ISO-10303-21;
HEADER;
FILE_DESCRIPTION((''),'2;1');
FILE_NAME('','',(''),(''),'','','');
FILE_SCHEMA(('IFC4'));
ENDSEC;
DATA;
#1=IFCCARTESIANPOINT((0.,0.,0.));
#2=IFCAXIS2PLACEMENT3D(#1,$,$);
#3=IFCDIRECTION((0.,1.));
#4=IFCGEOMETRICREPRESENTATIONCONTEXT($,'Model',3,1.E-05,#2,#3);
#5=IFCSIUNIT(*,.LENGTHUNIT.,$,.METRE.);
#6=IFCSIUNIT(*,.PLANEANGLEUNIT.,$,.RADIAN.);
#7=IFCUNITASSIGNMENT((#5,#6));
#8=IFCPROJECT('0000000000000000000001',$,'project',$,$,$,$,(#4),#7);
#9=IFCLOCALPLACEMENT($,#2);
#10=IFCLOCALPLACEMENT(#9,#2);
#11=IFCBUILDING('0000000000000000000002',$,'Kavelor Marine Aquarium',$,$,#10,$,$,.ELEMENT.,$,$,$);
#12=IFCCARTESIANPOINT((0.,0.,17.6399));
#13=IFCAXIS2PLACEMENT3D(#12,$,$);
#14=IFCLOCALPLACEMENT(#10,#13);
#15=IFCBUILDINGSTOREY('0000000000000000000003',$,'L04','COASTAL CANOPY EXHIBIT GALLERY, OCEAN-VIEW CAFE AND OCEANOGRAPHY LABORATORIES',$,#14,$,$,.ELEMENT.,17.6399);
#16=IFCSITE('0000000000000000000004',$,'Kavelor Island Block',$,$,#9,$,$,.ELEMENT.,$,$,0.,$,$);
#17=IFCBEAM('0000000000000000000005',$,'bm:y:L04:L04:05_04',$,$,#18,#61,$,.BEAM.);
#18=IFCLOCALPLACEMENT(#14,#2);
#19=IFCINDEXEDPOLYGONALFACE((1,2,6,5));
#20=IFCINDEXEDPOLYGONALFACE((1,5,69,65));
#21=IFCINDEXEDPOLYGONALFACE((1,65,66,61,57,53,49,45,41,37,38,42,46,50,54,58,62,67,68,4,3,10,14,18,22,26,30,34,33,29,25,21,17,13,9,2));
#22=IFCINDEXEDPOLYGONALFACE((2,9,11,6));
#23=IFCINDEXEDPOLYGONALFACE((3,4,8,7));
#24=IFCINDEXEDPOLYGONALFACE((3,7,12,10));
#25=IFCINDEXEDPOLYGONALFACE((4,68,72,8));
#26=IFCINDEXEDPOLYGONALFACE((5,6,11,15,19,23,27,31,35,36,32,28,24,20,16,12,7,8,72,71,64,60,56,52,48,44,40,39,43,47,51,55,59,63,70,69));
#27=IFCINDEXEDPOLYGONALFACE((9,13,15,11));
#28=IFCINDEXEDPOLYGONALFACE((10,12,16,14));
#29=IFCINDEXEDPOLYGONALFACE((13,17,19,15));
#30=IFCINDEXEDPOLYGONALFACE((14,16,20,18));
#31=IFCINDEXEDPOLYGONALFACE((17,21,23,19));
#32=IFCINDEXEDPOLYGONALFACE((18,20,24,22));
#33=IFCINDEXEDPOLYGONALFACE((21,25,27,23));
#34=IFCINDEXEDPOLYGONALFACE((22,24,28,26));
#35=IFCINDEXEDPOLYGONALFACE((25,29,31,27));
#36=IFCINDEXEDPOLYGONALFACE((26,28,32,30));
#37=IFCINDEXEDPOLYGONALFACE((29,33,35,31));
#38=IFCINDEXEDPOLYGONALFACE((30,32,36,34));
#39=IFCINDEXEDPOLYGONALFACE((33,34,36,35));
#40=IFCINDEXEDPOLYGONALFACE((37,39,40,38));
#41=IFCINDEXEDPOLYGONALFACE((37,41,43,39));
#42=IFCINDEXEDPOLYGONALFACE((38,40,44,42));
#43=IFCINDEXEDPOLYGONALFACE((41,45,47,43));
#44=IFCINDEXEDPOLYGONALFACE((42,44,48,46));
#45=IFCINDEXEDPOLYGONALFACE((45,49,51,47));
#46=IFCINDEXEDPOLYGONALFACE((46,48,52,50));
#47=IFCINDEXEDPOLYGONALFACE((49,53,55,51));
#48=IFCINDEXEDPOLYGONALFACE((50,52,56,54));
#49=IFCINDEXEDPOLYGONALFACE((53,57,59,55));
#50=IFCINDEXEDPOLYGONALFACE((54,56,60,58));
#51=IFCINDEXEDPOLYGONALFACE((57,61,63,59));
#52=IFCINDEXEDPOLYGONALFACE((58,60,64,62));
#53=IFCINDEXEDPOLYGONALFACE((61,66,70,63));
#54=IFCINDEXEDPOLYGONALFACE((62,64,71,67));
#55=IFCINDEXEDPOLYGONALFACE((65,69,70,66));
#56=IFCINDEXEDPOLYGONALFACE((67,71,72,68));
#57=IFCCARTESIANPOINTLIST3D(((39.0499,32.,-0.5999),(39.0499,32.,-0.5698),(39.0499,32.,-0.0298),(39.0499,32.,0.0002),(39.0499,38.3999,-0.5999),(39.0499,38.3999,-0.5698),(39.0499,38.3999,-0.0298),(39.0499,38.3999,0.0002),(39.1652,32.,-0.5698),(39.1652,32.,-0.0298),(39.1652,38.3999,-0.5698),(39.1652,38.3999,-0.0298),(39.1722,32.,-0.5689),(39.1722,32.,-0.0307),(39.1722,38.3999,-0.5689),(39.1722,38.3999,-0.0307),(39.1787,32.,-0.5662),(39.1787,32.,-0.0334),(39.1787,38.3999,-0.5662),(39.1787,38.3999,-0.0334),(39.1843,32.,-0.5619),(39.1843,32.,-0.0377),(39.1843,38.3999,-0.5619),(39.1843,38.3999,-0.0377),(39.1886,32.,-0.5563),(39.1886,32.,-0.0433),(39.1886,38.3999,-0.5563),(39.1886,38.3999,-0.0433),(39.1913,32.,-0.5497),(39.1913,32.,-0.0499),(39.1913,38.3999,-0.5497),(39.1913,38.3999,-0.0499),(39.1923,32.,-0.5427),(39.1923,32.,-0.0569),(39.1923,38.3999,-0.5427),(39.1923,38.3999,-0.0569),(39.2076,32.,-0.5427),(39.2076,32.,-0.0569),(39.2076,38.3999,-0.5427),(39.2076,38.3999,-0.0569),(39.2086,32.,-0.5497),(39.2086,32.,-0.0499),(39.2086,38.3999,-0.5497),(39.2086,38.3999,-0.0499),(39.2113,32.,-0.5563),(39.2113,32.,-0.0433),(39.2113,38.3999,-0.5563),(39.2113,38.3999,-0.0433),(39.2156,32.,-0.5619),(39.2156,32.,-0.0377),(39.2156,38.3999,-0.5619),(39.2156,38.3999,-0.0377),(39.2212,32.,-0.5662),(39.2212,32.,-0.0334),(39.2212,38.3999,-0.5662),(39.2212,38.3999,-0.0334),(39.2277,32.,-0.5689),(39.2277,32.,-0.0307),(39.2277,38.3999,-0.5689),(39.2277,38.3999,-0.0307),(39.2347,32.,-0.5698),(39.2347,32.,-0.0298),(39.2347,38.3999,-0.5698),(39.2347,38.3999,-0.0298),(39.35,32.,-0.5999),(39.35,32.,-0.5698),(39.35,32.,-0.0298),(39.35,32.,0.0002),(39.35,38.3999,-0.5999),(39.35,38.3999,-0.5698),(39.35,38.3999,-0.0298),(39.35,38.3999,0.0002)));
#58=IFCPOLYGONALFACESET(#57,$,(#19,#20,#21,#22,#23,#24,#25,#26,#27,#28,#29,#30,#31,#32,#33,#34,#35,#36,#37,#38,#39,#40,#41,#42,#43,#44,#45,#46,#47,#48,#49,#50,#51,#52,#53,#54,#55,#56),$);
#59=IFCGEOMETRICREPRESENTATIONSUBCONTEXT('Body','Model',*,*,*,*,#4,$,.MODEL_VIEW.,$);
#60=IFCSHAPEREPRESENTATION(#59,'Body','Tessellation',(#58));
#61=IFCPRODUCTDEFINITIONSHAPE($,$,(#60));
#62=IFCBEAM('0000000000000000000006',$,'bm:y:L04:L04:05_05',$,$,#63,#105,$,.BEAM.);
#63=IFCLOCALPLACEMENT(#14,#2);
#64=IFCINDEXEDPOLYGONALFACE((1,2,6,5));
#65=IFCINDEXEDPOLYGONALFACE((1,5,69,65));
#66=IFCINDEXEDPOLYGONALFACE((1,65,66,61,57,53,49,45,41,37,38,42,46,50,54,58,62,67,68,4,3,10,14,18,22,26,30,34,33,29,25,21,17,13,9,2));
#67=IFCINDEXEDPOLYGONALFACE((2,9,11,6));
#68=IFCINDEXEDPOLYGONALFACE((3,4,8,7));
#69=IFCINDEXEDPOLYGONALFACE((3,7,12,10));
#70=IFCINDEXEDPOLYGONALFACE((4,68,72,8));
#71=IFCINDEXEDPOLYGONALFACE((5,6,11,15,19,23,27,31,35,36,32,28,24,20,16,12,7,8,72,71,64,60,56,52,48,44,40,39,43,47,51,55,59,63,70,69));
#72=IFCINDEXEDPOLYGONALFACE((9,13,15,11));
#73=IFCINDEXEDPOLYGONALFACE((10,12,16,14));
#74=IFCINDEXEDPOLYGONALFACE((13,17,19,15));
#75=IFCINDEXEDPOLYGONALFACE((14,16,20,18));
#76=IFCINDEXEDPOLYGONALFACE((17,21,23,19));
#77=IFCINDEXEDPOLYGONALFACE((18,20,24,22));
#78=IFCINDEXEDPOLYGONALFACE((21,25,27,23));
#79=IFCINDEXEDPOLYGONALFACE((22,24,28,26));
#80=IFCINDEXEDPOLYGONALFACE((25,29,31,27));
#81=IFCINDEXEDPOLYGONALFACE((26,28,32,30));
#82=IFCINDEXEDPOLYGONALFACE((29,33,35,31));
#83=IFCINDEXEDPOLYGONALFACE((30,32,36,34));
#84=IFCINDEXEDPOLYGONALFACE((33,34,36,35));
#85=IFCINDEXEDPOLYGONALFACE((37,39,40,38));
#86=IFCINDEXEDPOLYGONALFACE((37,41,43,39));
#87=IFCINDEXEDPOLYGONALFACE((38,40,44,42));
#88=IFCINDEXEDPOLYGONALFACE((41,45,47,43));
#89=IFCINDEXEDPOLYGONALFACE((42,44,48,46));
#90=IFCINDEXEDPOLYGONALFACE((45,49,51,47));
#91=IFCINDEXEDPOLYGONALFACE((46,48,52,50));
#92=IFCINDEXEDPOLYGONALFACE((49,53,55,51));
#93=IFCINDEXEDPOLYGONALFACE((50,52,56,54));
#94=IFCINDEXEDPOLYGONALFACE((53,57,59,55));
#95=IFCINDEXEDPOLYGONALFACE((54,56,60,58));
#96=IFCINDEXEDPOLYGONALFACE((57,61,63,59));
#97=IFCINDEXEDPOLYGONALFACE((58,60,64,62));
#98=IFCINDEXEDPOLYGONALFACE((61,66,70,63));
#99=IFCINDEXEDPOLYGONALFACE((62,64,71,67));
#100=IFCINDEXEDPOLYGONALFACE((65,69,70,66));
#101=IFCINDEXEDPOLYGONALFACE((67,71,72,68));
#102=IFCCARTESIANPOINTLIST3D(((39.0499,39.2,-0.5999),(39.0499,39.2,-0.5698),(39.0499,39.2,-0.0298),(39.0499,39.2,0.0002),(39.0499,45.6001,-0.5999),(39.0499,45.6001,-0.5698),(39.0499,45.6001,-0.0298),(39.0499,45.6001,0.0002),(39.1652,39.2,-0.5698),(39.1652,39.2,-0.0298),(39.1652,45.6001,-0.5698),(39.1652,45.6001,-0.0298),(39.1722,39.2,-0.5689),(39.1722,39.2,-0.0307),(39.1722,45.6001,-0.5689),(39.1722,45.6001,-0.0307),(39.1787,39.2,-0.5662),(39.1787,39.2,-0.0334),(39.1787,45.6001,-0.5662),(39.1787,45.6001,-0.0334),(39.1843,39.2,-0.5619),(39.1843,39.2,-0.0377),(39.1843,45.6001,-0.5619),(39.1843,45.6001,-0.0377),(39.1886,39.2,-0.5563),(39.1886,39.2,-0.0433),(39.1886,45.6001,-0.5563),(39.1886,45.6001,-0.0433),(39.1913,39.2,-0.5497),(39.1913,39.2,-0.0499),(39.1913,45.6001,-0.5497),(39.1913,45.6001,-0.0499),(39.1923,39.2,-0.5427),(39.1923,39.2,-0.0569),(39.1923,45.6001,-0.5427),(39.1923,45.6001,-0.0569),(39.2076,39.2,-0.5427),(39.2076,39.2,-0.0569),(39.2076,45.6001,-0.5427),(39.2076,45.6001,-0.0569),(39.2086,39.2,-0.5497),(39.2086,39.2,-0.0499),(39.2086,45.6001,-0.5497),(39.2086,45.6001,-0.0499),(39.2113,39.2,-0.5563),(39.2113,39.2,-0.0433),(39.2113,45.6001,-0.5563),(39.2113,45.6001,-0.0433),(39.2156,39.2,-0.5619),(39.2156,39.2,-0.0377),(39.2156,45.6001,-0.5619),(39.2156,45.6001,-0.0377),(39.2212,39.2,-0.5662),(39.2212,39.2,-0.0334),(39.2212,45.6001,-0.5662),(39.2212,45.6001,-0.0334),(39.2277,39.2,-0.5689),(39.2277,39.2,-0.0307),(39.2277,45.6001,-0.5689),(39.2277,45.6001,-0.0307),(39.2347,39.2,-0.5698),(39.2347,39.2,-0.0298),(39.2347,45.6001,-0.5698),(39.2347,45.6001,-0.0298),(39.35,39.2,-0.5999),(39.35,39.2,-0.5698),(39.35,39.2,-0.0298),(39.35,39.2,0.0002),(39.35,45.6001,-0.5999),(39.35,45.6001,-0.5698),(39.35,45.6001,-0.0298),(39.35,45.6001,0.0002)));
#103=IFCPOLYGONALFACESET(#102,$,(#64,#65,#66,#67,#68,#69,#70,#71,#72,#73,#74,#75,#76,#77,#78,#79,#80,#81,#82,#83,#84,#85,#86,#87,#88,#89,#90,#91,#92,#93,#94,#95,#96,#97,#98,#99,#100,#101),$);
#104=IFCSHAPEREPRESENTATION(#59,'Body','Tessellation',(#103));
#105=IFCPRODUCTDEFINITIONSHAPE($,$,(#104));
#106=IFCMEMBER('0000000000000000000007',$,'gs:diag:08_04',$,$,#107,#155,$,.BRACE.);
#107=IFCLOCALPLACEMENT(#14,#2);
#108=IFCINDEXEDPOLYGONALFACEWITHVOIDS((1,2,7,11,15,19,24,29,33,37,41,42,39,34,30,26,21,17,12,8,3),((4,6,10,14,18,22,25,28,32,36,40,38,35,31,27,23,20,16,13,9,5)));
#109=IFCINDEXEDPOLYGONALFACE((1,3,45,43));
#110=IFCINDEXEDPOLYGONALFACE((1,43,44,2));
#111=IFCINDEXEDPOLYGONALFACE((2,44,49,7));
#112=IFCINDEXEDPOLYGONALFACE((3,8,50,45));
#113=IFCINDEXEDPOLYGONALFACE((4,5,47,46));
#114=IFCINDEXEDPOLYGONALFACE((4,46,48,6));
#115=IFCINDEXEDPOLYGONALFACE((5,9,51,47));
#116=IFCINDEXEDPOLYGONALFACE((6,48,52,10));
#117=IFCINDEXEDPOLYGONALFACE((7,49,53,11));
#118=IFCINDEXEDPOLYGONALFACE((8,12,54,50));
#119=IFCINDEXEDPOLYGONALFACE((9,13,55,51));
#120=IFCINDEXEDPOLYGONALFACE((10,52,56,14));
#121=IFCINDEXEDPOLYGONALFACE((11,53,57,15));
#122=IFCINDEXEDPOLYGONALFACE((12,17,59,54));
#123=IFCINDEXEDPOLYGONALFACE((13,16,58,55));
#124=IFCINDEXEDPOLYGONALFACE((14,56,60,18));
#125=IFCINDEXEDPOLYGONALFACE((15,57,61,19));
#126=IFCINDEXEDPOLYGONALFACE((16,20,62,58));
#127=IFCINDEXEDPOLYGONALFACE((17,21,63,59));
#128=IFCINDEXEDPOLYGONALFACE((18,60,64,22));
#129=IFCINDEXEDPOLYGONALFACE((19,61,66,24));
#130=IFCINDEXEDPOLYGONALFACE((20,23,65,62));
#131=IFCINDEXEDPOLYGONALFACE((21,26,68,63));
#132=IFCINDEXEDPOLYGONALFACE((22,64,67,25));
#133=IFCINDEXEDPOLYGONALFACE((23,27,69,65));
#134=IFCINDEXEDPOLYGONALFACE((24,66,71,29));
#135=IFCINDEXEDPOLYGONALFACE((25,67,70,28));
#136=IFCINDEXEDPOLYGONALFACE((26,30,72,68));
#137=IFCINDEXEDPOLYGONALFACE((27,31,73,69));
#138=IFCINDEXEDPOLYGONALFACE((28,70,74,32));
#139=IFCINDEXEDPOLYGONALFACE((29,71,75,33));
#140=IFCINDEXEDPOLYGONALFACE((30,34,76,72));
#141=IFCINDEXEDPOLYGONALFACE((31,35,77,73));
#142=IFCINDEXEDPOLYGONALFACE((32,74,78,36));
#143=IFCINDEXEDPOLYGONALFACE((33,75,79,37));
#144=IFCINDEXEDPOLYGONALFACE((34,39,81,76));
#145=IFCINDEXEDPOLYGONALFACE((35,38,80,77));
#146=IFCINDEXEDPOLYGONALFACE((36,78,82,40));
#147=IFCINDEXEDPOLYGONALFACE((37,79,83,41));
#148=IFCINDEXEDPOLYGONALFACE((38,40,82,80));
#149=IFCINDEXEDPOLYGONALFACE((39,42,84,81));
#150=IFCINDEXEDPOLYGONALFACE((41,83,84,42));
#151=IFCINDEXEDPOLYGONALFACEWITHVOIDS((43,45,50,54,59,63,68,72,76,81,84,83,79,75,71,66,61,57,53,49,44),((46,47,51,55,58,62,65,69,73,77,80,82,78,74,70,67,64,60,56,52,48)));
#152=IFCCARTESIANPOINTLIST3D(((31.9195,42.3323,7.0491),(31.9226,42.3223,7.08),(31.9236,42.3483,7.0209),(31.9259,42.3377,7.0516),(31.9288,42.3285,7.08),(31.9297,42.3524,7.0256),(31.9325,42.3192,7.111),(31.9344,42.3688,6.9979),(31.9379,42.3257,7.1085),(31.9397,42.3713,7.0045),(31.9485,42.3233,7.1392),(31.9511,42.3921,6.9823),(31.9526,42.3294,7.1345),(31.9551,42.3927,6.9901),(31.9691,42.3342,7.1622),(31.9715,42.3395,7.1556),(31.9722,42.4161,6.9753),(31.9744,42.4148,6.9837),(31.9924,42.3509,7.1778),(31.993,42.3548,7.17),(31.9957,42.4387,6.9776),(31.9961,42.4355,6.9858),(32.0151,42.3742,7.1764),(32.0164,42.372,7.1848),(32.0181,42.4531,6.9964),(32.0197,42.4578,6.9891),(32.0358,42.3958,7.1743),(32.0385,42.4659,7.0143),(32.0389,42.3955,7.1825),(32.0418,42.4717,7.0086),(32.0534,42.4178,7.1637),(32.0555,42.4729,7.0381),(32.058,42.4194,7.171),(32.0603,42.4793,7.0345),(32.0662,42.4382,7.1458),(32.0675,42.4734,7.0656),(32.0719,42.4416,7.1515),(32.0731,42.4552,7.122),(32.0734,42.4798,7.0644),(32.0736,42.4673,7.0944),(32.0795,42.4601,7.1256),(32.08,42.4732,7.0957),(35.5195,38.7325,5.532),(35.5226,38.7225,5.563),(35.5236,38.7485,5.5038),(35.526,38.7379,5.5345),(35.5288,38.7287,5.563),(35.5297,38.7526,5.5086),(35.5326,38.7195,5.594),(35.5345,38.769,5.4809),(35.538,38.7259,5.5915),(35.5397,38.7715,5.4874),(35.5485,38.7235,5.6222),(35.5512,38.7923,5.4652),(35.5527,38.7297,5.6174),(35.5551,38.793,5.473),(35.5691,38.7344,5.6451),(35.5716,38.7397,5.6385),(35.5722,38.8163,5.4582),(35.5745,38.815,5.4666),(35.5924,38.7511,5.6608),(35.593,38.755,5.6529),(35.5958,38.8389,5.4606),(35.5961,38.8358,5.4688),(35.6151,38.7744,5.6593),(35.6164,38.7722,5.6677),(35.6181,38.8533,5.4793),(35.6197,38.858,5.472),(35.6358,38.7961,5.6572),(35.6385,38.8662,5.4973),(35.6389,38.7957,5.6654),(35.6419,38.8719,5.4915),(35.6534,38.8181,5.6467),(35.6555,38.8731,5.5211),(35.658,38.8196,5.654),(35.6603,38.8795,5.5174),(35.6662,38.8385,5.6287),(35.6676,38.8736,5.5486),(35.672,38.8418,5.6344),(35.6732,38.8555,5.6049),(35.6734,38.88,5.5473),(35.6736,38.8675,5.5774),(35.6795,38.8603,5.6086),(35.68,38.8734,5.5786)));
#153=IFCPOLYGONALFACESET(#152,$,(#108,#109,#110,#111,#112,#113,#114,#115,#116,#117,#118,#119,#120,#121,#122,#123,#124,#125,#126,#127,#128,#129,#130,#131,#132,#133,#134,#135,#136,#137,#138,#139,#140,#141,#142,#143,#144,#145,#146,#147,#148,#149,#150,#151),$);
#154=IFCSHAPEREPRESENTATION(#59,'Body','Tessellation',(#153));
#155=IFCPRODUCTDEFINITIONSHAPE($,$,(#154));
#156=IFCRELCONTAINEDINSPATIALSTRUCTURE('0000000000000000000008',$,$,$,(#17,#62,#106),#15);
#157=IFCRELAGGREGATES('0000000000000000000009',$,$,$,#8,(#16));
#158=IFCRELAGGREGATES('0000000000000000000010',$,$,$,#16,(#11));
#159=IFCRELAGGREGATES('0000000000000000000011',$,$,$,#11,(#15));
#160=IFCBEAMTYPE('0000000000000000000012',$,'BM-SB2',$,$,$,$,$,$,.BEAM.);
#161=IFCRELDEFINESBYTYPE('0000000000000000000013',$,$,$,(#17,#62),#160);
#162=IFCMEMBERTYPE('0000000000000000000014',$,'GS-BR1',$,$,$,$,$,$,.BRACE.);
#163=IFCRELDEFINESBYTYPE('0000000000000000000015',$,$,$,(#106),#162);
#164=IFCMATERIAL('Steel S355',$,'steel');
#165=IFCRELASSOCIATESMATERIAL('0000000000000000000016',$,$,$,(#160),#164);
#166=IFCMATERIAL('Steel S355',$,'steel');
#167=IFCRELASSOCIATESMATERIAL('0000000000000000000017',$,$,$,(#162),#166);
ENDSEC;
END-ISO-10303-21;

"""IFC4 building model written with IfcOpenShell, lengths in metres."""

from ifc_helpers import new_model, si_unit, direction, frame, origin, origin_2d, place, context, subcontext, project, spatial, hollow_circle, i_section, extrude, material, material_profile, profile_set, type_object, element, save


model = new_model("IFC4")

# Units and contexts
model_context = context("Model", 3, precision=1e-05, world=origin(), true_north=direction((0.0, 1.0)))
body_context = subcontext(model_context, "Body", "Model", "MODEL_VIEW")
ifc_project = project(units=[si_unit("LENGTHUNIT", "METRE"), si_unit("PLANEANGLEUNIT", "RADIAN")], contexts=[model_context])

# Site, building, storey
site_placement = place(None, origin())
site = spatial("IfcSite", under=ifc_project, at=site_placement, Name="Kavelor Island Block", CompositionType="ELEMENT", RefElevation=0.0)
building_placement = place(site_placement, origin())
building = spatial("IfcBuilding", under=site, at=building_placement, Name="Kavelor Marine Aquarium", CompositionType="ELEMENT")
storey_placement = place(building_placement, frame((0.0, 0.0, 17.6399)))
storey = spatial("IfcBuildingStorey", under=building, at=storey_placement, Name="L04", Description="COASTAL CANOPY EXHIBIT GALLERY, OCEAN-VIEW CAFE AND OCEANOGRAPHY LABORATORIES", CompositionType="ELEMENT", Elevation=17.6399)

# Beams
ifc_material_1 = material(Name="Steel S355", Category="steel")
ifc_material_profile_1 = material_profile(ifc_material_1, i_section(OverallWidth=0.3, OverallDepth=0.6001, WebThickness=0.0154, FlangeThickness=0.03, FilletRadius=0.0271, at=origin_2d()), Name="HEB 600")
ifc_profile_set_1 = profile_set([ifc_material_profile_1], Name="Steel S355")
beam_type = type_object("IfcBeamType", Name="BM-SB2", PredefinedType="BEAM", material=ifc_profile_set_1)
beam_1_placement = place(storey_placement, frame((39.2, 32.0, -0.2998), z_axis=(0.0, 1.0, 0.0), x_axis=(-1.0, 0.0, 0.0)))
element("IfcBeam", 1, at=beam_1_placement, inside=storey, type_object=beam_type, Name="bm:y:L04:L04:05_04", PredefinedType="BEAM", context=body_context, shape_type="SweptSolid", body=[
    extrude(i_section(OverallWidth=0.3, OverallDepth=0.6001, WebThickness=0.0154, FlangeThickness=0.03, FilletRadius=0.0271, at=origin_2d()), origin(), (0.0, 0.0, 1.0), 6.3999),
])
beam_2_placement = place(storey_placement, frame((39.2, 39.2, -0.2998), z_axis=(0.0, 1.0, 0.0), x_axis=(-1.0, 0.0, 0.0)))
element("IfcBeam", 2, at=beam_2_placement, inside=storey, type_object=beam_type, Name="bm:y:L04:L04:05_05", PredefinedType="BEAM", context=body_context, shape_type="SweptSolid", body=[
    extrude(i_section(OverallWidth=0.3, OverallDepth=0.6001, WebThickness=0.0154, FlangeThickness=0.03, FilletRadius=0.0271, at=origin_2d()), origin(), (0.0, 0.0, 1.0), 6.4001),
])

# Member
ifc_material_2 = material(Name="Steel S355", Category="steel")
ifc_material_profile_2 = material_profile(ifc_material_2, hollow_circle(Radius=0.1096, WallThickness=0.0088, at=origin_2d()), Name="CHS 219.1x8.8")
ifc_profile_set_2 = profile_set([ifc_material_profile_2], Name="Steel S355")
member_type_1 = type_object("IfcMemberType", Name="GS-BR1", PredefinedType="BRACE", material=ifc_profile_set_2)
member_1_placement = place(storey_placement, frame((35.6001, 38.8, 5.563), z_axis=(-0.677683, 0.677637, 0.285577), x_axis=(-0.707083, -0.707131, 0.0)))
element("IfcMember", 3, at=member_1_placement, inside=storey, type_object=member_type_1, Name="gs:diag:08_04", PredefinedType="BRACE", context=body_context, shape_type="SweptSolid", body=[
    extrude(hollow_circle(Radius=0.1096, WallThickness=0.0088, at=origin_2d()), origin(), (0.0, 0.0, 1.0), 5.3123),
])

save(model, "model.ifc")
